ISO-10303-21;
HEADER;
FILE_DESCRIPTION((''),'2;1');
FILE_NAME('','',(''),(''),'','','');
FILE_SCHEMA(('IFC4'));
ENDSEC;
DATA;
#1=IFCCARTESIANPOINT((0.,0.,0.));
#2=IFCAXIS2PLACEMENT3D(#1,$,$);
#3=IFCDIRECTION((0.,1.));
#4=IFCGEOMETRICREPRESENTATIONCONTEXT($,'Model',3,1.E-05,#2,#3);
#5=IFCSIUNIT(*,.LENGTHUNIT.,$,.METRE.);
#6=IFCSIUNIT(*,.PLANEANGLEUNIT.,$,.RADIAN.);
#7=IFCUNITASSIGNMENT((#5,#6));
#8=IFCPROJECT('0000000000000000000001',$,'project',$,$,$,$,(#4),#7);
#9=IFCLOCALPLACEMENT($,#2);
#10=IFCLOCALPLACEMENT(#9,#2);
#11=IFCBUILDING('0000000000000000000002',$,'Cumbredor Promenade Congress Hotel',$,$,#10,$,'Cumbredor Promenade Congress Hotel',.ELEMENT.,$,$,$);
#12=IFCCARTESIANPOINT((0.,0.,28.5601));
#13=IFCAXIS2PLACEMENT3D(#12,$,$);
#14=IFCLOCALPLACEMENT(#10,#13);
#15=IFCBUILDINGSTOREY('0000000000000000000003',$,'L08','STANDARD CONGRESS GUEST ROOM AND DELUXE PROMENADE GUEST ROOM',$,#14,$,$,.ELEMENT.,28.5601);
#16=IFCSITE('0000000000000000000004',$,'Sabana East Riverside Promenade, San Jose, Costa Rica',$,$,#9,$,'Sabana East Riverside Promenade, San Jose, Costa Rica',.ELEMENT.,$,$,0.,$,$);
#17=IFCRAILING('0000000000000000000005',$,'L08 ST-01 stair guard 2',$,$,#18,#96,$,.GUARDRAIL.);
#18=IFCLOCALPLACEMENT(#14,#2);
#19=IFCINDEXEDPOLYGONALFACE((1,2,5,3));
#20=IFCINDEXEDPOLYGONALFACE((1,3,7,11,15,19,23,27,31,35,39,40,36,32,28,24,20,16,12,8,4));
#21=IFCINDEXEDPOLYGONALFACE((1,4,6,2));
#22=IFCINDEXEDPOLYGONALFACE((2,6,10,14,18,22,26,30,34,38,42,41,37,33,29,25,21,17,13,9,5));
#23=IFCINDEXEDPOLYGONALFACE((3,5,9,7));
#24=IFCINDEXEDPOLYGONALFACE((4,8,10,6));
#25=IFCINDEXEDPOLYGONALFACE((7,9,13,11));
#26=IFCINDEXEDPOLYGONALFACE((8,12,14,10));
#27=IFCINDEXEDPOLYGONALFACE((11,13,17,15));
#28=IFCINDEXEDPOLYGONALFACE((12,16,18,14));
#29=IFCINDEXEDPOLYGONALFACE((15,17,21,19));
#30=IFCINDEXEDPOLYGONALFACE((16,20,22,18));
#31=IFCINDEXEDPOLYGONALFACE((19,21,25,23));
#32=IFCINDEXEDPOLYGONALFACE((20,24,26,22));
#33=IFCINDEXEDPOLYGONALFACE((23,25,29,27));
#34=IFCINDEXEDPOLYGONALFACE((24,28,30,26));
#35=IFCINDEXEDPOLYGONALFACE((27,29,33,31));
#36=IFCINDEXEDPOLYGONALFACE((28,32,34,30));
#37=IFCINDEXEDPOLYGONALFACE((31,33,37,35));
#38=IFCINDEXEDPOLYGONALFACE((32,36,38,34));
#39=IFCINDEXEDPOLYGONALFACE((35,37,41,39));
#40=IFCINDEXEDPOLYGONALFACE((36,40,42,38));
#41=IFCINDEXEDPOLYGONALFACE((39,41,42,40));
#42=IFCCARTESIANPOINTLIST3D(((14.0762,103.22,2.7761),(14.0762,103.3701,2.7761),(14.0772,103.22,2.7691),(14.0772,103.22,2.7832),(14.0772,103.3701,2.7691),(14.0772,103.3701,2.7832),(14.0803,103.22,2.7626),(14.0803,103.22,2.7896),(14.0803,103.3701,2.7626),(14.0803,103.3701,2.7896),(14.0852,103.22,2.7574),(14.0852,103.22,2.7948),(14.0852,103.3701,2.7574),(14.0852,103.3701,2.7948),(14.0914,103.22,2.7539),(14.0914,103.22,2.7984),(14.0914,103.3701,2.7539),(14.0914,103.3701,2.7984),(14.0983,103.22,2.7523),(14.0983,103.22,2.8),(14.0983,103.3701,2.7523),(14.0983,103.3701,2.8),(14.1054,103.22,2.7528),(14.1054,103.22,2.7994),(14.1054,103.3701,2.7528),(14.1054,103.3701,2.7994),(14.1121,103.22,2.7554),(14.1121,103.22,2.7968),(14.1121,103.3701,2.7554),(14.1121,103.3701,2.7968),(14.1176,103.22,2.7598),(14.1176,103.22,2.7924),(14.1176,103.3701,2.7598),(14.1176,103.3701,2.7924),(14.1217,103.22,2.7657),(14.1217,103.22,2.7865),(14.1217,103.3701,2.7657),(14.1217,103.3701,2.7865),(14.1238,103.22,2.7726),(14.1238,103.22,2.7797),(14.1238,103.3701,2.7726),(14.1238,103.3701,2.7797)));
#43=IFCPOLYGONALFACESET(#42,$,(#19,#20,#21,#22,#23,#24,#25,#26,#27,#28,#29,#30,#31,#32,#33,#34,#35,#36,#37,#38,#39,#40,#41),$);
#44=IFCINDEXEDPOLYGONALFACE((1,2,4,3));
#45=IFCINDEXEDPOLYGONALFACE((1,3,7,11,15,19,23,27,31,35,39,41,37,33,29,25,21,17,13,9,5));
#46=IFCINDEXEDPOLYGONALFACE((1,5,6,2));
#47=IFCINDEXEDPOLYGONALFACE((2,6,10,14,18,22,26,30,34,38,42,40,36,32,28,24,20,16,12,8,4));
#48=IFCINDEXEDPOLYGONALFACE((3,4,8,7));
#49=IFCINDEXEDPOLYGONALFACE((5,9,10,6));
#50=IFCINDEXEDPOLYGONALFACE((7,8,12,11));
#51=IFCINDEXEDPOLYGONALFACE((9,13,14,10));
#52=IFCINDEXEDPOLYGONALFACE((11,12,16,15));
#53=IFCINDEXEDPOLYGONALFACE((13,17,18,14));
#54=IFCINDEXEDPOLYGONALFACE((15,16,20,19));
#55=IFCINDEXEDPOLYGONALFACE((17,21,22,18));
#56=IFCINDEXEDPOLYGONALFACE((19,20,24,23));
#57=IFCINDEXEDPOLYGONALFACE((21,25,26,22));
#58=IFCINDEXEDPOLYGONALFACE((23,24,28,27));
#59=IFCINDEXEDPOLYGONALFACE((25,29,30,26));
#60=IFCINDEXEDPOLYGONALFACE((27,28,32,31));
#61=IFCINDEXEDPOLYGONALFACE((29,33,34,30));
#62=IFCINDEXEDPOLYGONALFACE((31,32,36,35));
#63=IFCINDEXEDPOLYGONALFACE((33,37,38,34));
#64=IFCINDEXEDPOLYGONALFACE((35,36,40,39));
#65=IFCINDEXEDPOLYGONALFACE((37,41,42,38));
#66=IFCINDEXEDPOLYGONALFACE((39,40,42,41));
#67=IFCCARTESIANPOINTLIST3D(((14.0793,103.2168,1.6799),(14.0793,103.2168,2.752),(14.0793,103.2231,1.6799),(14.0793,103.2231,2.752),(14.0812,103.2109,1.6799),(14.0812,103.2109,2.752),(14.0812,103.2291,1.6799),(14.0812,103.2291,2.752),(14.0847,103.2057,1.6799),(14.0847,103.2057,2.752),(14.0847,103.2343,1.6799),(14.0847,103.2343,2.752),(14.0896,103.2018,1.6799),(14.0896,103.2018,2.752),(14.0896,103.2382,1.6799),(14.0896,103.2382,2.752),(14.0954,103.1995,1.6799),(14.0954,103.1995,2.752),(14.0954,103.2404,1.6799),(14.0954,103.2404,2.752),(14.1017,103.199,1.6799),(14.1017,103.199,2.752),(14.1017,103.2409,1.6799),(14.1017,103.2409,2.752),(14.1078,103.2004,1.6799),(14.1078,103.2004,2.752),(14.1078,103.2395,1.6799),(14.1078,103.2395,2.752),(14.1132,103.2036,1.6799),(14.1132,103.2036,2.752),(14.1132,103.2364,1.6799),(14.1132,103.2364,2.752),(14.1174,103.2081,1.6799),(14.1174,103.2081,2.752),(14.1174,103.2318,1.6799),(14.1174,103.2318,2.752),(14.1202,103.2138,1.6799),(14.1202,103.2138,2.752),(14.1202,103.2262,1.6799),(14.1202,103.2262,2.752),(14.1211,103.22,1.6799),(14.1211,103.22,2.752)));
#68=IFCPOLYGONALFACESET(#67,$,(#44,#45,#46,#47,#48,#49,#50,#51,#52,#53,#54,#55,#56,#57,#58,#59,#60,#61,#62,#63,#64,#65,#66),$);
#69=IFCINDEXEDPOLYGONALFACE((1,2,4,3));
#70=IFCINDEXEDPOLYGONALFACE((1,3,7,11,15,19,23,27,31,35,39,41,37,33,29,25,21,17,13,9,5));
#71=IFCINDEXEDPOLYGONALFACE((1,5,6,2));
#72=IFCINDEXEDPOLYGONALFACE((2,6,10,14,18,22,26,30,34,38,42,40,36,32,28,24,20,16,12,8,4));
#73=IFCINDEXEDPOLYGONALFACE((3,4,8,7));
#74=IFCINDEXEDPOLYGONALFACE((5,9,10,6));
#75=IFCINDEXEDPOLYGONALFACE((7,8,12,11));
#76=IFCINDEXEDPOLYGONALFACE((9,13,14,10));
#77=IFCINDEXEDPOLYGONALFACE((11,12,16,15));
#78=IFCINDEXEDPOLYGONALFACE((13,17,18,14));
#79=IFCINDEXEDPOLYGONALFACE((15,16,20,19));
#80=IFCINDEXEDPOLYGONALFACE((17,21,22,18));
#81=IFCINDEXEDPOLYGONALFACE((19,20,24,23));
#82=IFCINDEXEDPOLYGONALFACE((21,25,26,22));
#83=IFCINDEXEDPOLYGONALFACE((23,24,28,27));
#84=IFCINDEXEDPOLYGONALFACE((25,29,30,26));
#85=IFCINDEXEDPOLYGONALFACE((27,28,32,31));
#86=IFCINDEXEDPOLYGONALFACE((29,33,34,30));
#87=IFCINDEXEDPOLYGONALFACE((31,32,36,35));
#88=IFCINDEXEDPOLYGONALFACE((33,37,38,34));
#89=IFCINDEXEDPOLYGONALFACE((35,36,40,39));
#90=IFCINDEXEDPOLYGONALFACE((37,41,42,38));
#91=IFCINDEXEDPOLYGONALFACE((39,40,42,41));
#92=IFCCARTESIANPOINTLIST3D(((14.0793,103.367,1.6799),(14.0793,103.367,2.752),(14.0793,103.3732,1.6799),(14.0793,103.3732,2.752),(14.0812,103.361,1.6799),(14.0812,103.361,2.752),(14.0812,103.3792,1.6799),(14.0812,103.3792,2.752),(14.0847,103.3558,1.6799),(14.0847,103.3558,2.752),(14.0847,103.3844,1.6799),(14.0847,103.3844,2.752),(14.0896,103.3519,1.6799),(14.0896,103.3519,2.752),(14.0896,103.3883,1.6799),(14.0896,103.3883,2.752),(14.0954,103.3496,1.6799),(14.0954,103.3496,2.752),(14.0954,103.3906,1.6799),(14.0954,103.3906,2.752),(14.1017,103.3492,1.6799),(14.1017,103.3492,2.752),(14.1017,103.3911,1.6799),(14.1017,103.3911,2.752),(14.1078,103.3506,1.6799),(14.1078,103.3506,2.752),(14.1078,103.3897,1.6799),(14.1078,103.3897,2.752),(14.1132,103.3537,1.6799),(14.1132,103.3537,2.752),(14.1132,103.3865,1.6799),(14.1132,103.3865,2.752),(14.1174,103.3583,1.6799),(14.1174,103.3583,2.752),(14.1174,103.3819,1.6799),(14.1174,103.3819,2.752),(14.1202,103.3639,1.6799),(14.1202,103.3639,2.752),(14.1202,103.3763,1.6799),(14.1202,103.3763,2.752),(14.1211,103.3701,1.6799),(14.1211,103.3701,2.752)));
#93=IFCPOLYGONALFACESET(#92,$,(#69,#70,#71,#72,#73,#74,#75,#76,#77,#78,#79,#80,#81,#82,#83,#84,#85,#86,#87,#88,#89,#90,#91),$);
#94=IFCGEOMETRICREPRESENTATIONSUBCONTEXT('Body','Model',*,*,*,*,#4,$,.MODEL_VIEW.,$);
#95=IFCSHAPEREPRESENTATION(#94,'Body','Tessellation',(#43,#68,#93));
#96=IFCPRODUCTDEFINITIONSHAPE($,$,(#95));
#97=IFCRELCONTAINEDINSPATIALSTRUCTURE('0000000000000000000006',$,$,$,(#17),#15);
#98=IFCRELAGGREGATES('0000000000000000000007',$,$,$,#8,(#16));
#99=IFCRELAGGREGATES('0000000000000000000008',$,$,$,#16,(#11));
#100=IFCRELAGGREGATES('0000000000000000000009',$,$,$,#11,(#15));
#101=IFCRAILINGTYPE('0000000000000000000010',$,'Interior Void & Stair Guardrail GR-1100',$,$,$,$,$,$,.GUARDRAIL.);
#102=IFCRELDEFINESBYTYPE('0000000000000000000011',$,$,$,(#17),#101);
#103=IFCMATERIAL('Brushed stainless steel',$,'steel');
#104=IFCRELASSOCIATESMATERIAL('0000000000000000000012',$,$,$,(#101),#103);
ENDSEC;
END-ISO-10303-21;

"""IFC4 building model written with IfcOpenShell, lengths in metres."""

from ifc_helpers import new_model, si_unit, direction, frame, origin, origin_2d, place, context, subcontext, project, spatial, circle, extrude, material, type_object, element, save


model = new_model("IFC4")

# Units and contexts
model_context = context("Model", 3, precision=1e-05, world=origin(), true_north=direction((0.0, 1.0)))
body_context = subcontext(model_context, "Body", "Model", "MODEL_VIEW")
ifc_project = project(units=[si_unit("LENGTHUNIT", "METRE"), si_unit("PLANEANGLEUNIT", "RADIAN")], contexts=[model_context])

# Site, building, storey
site_placement = place(None, origin())
site = spatial("IfcSite", under=ifc_project, at=site_placement, Name="Sabana East Riverside Promenade, San Jose, Costa Rica", LongName="Sabana East Riverside Promenade, San Jose, Costa Rica", CompositionType="ELEMENT", RefElevation=0.0)
building_placement = place(site_placement, origin())
building = spatial("IfcBuilding", under=site, at=building_placement, Name="Cumbredor Promenade Congress Hotel", LongName="Cumbredor Promenade Congress Hotel", CompositionType="ELEMENT")
storey_placement = place(building_placement, frame((0.0, 0.0, 28.5601)))
storey = spatial("IfcBuildingStorey", under=building, at=storey_placement, Name="L08", Description="STANDARD CONGRESS GUEST ROOM AND DELUXE PROMENADE GUEST ROOM", CompositionType="ELEMENT", Elevation=28.5601)

# Railing
ifc_material_1 = material(Name="Brushed stainless steel", Category="steel")
railing_type_1 = type_object("IfcRailingType", Name="Interior Void & Stair Guardrail GR-1100", PredefinedType="GUARDRAIL", material=ifc_material_1)
railing_1_placement = place(storey_placement, frame((14.1001, 103.22, 1.6799)))
element("IfcRailing", 1, at=railing_1_placement, inside=storey, type_object=railing_type_1, Name="L08 ST-01 stair guard 2", PredefinedType="GUARDRAIL", context=body_context, shape_type="SweptSolid", body=[
    extrude(circle(Radius=0.0239, at=origin_2d()), frame((0.0, 0.0, 1.0962), z_axis=(0.0, 1.0, 0.0), x_axis=(-1.0, 0.0, 0.0)), (0.0, 0.0, 1.0), 0.1501),
    extrude(circle(Radius=0.021, at=origin_2d()), origin(), (0.0, 0.0, 1.0), 1.072),
    extrude(circle(Radius=0.021, at=origin_2d()), frame((0.0, 0.1501, 0.0)), (0.0, 0.0, 1.0), 1.072),
])

save(model, "model.ifc")
